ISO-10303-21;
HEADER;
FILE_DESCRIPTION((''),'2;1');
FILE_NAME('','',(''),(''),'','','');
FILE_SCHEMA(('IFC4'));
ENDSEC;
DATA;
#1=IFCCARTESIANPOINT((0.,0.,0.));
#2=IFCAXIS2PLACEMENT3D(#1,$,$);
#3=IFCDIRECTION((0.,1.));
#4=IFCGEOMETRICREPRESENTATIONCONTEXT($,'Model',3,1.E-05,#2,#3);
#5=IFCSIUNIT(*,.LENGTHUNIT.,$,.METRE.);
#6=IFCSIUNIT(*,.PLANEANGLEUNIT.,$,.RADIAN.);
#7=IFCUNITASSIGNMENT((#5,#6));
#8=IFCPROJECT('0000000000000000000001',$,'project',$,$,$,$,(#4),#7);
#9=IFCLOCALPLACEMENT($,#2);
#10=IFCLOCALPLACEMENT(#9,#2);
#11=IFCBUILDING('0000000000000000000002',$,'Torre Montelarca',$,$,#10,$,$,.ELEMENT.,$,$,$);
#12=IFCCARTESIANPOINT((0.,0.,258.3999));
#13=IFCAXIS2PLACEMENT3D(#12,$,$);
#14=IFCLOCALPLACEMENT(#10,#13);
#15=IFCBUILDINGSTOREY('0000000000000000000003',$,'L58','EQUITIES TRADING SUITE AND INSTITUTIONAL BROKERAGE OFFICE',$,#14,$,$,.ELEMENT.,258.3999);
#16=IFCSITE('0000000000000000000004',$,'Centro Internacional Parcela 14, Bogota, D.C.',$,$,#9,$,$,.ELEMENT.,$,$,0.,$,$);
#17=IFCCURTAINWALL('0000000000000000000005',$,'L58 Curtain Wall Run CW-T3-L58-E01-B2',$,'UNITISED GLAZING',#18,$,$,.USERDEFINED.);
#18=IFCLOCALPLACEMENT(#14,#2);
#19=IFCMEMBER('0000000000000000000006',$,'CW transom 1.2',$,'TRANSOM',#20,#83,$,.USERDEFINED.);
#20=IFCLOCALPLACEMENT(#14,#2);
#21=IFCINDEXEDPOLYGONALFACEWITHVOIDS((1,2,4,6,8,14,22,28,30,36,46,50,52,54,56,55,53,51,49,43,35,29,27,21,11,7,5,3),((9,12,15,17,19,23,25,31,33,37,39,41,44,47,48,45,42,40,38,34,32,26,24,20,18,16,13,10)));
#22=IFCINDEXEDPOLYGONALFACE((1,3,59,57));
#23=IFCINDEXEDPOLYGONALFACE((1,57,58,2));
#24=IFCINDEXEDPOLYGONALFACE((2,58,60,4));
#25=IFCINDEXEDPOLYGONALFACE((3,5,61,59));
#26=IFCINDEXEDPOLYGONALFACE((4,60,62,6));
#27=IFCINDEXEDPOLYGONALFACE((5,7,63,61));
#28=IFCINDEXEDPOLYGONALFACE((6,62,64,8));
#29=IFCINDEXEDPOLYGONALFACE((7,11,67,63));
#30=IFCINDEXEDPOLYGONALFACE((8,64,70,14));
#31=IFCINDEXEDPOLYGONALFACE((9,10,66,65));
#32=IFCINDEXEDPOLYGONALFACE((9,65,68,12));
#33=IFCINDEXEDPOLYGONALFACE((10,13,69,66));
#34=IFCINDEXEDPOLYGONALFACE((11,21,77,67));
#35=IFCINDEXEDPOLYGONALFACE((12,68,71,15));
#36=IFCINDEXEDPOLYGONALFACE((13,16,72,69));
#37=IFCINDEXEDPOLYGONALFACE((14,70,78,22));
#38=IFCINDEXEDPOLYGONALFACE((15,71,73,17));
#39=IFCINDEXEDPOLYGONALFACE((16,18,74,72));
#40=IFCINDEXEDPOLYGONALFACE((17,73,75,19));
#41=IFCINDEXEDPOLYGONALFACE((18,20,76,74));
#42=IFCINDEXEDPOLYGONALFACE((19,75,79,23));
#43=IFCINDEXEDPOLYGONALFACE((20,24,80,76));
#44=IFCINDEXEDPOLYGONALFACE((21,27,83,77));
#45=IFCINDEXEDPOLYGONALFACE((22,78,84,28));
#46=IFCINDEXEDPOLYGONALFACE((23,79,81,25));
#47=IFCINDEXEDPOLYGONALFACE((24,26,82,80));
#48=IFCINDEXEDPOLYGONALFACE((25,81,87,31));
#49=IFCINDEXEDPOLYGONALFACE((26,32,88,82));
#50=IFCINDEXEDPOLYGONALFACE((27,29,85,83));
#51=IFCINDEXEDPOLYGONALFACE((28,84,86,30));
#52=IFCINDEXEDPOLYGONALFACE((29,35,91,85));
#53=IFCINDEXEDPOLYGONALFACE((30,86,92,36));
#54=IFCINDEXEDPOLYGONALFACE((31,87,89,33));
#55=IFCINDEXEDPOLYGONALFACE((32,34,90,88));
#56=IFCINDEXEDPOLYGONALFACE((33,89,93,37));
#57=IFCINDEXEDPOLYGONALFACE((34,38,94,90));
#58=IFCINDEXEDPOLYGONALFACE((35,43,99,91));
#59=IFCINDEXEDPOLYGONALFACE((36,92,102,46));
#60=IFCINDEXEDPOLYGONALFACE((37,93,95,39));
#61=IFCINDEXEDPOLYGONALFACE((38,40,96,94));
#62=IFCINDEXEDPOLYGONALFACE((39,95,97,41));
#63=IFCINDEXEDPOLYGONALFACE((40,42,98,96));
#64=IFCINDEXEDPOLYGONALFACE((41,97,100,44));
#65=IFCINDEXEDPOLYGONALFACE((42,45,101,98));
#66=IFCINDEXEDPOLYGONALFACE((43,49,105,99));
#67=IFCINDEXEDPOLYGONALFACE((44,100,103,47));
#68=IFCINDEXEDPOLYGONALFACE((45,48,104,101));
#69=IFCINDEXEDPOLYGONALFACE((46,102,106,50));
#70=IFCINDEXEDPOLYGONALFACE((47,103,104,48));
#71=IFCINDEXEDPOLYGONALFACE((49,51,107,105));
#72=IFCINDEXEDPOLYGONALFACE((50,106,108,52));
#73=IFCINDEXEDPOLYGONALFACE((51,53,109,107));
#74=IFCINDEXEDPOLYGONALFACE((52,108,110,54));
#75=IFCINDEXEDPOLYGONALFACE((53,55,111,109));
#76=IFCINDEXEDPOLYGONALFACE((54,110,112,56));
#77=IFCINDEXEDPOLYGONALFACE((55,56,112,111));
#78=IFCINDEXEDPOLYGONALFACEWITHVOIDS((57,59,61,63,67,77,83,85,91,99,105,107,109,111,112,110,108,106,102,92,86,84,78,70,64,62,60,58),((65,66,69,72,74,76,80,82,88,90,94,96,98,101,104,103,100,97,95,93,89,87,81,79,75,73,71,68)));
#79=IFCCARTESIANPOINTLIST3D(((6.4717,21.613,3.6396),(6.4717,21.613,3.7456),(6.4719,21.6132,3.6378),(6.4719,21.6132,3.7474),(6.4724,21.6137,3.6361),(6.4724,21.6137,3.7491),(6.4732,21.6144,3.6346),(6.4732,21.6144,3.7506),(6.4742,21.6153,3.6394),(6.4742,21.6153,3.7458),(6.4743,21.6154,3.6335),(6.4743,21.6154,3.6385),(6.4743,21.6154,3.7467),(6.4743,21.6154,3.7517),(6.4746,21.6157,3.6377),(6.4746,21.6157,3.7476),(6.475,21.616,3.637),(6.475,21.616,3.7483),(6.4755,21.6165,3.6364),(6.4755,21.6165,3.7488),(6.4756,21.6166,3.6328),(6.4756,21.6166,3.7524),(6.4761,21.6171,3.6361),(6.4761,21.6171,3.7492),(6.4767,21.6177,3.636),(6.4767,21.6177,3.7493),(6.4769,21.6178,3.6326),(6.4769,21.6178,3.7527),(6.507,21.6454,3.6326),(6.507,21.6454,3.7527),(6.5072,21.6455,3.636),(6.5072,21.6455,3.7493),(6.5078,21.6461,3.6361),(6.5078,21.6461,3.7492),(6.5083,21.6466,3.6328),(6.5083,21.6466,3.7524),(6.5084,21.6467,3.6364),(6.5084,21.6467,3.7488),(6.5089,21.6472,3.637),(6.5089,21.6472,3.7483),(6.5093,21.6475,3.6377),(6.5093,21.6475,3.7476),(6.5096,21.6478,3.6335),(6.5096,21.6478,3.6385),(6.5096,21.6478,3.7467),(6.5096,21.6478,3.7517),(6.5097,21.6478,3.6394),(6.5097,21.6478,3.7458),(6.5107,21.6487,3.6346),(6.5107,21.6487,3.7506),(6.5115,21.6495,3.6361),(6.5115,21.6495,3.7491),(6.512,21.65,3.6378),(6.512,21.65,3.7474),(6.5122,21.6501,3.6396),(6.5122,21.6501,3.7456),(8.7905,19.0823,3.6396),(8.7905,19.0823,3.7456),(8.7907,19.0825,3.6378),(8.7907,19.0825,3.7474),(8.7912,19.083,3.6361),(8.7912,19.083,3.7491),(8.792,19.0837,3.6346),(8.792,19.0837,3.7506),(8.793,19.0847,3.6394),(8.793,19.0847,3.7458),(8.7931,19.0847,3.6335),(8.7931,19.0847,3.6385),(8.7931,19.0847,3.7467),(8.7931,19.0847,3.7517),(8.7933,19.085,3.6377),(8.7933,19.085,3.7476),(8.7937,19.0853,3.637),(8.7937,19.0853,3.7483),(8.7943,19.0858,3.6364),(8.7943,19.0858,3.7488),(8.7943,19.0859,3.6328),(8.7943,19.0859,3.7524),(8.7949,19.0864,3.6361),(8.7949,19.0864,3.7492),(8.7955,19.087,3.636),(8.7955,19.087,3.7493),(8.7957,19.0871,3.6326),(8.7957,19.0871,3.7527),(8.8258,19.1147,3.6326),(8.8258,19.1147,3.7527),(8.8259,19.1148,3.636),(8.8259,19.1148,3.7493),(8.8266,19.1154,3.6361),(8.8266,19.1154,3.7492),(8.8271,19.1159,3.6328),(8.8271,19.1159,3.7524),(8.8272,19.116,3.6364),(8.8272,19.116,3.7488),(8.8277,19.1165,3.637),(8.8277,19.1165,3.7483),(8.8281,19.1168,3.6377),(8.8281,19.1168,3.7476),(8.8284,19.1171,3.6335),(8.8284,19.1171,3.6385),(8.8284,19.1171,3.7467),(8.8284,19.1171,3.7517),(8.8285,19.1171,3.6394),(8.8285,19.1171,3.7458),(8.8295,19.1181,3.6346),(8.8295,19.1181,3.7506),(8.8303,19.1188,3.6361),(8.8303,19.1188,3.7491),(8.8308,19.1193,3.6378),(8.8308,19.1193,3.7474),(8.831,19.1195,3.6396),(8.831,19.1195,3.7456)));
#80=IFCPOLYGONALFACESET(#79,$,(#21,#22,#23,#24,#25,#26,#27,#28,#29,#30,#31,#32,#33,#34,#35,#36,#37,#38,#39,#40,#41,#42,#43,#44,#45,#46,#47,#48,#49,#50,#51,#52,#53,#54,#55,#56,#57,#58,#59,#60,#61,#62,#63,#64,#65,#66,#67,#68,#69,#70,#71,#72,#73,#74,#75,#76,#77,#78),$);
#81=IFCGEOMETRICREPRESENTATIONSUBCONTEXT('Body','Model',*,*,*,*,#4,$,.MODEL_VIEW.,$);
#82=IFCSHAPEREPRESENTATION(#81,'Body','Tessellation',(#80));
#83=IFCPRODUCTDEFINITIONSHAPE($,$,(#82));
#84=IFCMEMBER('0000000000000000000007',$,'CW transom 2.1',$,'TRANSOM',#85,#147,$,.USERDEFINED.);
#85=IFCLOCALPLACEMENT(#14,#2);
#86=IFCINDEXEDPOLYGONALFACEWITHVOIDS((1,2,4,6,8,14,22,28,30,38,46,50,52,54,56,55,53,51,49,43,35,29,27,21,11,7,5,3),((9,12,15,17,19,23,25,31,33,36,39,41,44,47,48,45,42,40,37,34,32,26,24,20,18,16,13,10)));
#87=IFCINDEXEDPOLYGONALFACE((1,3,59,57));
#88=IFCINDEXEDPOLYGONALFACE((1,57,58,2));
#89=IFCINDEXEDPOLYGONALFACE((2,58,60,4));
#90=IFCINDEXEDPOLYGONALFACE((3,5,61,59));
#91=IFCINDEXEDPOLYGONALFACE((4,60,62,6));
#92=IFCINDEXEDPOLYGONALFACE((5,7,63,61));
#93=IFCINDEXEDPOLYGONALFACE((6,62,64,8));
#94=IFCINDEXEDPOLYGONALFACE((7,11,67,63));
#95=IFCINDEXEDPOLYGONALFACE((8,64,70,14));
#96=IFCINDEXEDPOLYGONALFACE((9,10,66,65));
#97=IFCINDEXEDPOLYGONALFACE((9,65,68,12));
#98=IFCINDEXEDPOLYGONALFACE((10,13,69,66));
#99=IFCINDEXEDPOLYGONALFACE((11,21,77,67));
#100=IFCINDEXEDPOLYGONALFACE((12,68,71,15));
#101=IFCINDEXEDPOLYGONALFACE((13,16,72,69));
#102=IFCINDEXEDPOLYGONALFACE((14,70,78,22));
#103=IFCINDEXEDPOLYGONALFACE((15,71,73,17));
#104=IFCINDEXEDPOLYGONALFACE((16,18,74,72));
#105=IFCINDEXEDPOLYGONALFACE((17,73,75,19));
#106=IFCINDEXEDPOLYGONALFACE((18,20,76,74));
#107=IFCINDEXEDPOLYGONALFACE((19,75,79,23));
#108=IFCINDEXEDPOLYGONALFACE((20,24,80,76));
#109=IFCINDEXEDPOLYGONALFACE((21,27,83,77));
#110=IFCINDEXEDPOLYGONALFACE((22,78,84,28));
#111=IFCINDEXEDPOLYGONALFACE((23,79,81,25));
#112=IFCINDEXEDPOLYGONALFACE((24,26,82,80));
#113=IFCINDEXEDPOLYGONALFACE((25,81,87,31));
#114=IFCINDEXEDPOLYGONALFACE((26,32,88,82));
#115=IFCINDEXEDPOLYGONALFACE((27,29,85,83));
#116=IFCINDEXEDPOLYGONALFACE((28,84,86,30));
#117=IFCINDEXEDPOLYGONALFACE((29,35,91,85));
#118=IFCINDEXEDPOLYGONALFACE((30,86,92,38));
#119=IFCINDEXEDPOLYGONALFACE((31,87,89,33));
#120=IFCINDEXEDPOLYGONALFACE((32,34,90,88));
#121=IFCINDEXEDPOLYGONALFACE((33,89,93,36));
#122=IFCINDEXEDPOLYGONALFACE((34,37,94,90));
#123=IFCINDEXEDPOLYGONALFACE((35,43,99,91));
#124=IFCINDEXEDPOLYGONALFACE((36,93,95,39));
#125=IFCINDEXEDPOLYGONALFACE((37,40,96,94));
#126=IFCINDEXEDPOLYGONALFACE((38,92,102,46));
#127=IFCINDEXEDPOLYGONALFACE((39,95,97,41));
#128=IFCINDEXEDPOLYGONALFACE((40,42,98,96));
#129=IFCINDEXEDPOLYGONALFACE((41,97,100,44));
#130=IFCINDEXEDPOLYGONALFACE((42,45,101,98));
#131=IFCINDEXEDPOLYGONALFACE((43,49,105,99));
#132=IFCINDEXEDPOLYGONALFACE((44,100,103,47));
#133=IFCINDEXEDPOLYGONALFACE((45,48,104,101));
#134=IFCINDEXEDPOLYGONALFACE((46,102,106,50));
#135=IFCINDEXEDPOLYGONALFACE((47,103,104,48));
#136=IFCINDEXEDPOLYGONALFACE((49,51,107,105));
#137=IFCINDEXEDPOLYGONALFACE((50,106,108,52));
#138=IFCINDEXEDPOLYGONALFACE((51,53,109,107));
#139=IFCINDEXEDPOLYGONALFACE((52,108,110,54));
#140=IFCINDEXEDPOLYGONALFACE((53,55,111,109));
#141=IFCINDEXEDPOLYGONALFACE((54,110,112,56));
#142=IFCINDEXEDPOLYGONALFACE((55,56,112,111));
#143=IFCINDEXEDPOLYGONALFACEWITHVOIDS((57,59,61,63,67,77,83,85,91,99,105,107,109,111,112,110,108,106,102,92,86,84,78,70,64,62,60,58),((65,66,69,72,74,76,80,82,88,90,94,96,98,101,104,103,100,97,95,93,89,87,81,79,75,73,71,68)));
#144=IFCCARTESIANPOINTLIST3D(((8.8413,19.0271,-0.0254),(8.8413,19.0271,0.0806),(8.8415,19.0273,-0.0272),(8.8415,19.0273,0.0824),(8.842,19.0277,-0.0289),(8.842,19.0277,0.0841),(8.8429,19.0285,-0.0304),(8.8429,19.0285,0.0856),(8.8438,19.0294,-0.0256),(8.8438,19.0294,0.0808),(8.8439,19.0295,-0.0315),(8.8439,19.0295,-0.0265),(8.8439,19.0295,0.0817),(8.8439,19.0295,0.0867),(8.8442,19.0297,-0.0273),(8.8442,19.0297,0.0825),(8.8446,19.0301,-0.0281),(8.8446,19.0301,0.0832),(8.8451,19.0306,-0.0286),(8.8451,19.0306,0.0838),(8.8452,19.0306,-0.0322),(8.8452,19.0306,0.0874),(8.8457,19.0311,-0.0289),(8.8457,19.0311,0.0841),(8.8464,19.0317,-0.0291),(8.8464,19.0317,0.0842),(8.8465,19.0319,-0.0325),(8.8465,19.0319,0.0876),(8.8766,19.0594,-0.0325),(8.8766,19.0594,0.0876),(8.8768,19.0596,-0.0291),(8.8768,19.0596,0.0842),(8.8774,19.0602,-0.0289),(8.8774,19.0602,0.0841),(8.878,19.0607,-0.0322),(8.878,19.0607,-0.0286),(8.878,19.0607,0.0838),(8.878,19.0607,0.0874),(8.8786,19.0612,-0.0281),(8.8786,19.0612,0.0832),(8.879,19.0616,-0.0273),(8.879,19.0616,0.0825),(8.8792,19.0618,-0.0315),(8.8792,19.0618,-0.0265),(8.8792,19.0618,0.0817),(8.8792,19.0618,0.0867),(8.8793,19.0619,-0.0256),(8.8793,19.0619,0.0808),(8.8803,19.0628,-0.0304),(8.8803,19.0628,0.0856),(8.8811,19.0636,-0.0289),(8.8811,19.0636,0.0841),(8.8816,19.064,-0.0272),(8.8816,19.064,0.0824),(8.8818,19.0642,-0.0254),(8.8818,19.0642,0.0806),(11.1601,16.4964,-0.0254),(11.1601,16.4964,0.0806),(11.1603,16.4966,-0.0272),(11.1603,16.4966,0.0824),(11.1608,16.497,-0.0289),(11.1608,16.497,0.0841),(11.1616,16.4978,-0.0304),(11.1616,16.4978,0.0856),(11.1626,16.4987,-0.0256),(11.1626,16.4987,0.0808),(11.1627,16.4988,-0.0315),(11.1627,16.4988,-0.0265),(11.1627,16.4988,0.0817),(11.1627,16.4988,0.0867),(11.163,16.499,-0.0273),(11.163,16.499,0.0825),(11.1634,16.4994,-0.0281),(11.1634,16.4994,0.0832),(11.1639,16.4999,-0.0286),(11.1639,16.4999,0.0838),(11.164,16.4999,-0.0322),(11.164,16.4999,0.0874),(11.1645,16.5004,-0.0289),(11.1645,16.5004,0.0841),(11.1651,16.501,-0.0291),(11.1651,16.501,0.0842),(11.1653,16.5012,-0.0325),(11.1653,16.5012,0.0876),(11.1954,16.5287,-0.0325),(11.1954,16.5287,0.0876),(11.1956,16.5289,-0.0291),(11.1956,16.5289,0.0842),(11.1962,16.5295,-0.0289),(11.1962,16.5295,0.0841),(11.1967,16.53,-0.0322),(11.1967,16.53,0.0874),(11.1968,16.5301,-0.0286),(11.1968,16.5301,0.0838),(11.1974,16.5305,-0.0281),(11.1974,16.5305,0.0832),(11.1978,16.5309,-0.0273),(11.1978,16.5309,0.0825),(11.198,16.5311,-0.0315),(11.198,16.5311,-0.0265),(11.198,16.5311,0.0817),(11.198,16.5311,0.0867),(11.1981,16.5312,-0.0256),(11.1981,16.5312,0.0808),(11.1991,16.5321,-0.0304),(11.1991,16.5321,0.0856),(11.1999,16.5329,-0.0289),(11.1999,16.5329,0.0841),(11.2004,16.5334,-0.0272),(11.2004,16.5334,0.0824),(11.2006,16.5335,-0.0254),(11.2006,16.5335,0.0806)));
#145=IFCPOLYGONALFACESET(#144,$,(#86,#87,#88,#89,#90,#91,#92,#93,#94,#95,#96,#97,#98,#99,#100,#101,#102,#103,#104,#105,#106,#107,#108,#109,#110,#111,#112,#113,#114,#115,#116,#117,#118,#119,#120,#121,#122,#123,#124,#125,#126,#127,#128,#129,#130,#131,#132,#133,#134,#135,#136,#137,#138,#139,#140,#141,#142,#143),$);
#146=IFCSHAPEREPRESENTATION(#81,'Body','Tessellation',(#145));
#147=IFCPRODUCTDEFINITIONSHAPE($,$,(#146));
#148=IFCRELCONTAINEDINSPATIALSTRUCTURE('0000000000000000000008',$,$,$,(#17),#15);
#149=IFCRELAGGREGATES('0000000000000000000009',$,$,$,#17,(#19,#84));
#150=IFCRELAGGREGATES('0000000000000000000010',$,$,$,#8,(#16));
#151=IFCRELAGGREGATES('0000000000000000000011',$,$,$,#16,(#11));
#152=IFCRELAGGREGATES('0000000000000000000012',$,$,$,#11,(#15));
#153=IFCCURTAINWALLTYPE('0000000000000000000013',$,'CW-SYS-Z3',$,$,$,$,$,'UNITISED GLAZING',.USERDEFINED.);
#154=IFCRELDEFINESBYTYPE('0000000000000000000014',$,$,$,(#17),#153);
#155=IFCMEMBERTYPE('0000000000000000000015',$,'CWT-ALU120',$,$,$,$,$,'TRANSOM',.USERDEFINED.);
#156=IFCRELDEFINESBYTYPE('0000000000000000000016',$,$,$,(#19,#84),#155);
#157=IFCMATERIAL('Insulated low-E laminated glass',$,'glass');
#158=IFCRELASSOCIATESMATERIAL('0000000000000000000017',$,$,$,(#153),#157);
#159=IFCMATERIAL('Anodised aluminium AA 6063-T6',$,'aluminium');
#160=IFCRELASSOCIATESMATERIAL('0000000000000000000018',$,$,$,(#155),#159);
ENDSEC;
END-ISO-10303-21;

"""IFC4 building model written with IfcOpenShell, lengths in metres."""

from ifc_helpers import new_model, si_unit, direction, frame, origin, origin_2d, place, context, subcontext, project, spatial, hollow_rectangle, extrude, source, transform, mapped, material, material_profile, profile_set, type_object, element, aggregate, save


model = new_model("IFC4")

# Units and contexts
model_context = context("Model", 3, precision=1e-05, world=origin(), true_north=direction((0.0, 1.0)))
body_context = subcontext(model_context, "Body", "Model", "MODEL_VIEW")
ifc_project = project(units=[si_unit("LENGTHUNIT", "METRE"), si_unit("PLANEANGLEUNIT", "RADIAN")], contexts=[model_context])

# Site, building, storey
site_placement = place(None, origin())
site = spatial("IfcSite", under=ifc_project, at=site_placement, Name="Centro Internacional Parcela 14, Bogota, D.C.", CompositionType="ELEMENT", RefElevation=0.0)
building_placement = place(site_placement, origin())
building = spatial("IfcBuilding", under=site, at=building_placement, Name="Torre Montelarca", CompositionType="ELEMENT")
storey_placement = place(building_placement, frame((0.0, 0.0, 258.3999)))
storey = spatial("IfcBuildingStorey", under=building, at=storey_placement, Name="L58", Description="EQUITIES TRADING SUITE AND INSTITUTIONAL BROKERAGE OFFICE", CompositionType="ELEMENT", Elevation=258.3999)

# Curtain wall
ifc_material_1 = material(Name="Insulated low-E laminated glass", Category="glass")
curtain_wall_type = type_object("IfcCurtainWallType", Name="CW-SYS-Z3", ElementType="UNITISED GLAZING", PredefinedType="USERDEFINED", material=ifc_material_1)
ifc_material_2 = material(Name="Anodised aluminium AA 6063-T6", Category="aluminium")
curtain_wall_1_placement = place(storey_placement, origin())
curtain_wall_1 = element("IfcCurtainWall", 1, at=curtain_wall_1_placement, inside=storey, type_object=curtain_wall_type, Name="L58 Curtain Wall Run CW-T3-L58-E01-B2", ObjectType="UNITISED GLAZING", PredefinedType="USERDEFINED")

# Members
ifc_material_profile_1 = material_profile(ifc_material_2, hollow_rectangle(XDim=0.0549, YDim=0.1201, WallThickness=0.0034, InnerFilletRadius=0.0034, OuterFilletRadius=0.0071, at=origin_2d()), Name="ALU55X120X3.5", Category="aluminium")
ifc_profile_set_1 = profile_set([ifc_material_profile_1], Name="Anodised aluminium AA 6063-T6")
member_type_1 = type_object("IfcMemberType", Name="CWT-ALU120", ElementType="TRANSOM", PredefinedType="USERDEFINED", material=ifc_profile_set_1)
shared_shape_1 = source(origin(), body_context, "Body", "SweptSolid", [
    extrude(hollow_rectangle(XDim=0.0549, YDim=0.1201, WallThickness=0.0034, InnerFilletRadius=0.0034, OuterFilletRadius=0.0071, at=origin_2d()), origin(), (0.0, 0.0, 1.0), 3.4324),
])
member_1_placement = place(storey_placement, frame((6.4919, 21.6316, 3.6926), z_axis=(0.675564, -0.737302, 0.0), x_axis=(0.737302, 0.675564, 0.0)))
member_1 = element("IfcMember", 2, at=member_1_placement, type_object=member_type_1, Name="CW transom 1.2", ObjectType="TRANSOM", PredefinedType="USERDEFINED", context=body_context, shape_type="MappedRepresentation", body=[
    mapped(shared_shape_1, transform((0.0, 0.0, 0.0), scale=1.0)),
])
member_2_placement = place(storey_placement, frame((8.8616, 19.0457, 0.0276), z_axis=(0.675564, -0.737302, 0.0), x_axis=(0.737302, 0.675564, 0.0)))
member_2 = element("IfcMember", 3, at=member_2_placement, type_object=member_type_1, Name="CW transom 2.1", ObjectType="TRANSOM", PredefinedType="USERDEFINED", context=body_context, shape_type="MappedRepresentation", body=[
    mapped(shared_shape_1, transform((0.0, 0.0, 0.0), scale=1.0)),
])

aggregate(curtain_wall_1, [member_1, member_2])

save(model, "model.ifc")
